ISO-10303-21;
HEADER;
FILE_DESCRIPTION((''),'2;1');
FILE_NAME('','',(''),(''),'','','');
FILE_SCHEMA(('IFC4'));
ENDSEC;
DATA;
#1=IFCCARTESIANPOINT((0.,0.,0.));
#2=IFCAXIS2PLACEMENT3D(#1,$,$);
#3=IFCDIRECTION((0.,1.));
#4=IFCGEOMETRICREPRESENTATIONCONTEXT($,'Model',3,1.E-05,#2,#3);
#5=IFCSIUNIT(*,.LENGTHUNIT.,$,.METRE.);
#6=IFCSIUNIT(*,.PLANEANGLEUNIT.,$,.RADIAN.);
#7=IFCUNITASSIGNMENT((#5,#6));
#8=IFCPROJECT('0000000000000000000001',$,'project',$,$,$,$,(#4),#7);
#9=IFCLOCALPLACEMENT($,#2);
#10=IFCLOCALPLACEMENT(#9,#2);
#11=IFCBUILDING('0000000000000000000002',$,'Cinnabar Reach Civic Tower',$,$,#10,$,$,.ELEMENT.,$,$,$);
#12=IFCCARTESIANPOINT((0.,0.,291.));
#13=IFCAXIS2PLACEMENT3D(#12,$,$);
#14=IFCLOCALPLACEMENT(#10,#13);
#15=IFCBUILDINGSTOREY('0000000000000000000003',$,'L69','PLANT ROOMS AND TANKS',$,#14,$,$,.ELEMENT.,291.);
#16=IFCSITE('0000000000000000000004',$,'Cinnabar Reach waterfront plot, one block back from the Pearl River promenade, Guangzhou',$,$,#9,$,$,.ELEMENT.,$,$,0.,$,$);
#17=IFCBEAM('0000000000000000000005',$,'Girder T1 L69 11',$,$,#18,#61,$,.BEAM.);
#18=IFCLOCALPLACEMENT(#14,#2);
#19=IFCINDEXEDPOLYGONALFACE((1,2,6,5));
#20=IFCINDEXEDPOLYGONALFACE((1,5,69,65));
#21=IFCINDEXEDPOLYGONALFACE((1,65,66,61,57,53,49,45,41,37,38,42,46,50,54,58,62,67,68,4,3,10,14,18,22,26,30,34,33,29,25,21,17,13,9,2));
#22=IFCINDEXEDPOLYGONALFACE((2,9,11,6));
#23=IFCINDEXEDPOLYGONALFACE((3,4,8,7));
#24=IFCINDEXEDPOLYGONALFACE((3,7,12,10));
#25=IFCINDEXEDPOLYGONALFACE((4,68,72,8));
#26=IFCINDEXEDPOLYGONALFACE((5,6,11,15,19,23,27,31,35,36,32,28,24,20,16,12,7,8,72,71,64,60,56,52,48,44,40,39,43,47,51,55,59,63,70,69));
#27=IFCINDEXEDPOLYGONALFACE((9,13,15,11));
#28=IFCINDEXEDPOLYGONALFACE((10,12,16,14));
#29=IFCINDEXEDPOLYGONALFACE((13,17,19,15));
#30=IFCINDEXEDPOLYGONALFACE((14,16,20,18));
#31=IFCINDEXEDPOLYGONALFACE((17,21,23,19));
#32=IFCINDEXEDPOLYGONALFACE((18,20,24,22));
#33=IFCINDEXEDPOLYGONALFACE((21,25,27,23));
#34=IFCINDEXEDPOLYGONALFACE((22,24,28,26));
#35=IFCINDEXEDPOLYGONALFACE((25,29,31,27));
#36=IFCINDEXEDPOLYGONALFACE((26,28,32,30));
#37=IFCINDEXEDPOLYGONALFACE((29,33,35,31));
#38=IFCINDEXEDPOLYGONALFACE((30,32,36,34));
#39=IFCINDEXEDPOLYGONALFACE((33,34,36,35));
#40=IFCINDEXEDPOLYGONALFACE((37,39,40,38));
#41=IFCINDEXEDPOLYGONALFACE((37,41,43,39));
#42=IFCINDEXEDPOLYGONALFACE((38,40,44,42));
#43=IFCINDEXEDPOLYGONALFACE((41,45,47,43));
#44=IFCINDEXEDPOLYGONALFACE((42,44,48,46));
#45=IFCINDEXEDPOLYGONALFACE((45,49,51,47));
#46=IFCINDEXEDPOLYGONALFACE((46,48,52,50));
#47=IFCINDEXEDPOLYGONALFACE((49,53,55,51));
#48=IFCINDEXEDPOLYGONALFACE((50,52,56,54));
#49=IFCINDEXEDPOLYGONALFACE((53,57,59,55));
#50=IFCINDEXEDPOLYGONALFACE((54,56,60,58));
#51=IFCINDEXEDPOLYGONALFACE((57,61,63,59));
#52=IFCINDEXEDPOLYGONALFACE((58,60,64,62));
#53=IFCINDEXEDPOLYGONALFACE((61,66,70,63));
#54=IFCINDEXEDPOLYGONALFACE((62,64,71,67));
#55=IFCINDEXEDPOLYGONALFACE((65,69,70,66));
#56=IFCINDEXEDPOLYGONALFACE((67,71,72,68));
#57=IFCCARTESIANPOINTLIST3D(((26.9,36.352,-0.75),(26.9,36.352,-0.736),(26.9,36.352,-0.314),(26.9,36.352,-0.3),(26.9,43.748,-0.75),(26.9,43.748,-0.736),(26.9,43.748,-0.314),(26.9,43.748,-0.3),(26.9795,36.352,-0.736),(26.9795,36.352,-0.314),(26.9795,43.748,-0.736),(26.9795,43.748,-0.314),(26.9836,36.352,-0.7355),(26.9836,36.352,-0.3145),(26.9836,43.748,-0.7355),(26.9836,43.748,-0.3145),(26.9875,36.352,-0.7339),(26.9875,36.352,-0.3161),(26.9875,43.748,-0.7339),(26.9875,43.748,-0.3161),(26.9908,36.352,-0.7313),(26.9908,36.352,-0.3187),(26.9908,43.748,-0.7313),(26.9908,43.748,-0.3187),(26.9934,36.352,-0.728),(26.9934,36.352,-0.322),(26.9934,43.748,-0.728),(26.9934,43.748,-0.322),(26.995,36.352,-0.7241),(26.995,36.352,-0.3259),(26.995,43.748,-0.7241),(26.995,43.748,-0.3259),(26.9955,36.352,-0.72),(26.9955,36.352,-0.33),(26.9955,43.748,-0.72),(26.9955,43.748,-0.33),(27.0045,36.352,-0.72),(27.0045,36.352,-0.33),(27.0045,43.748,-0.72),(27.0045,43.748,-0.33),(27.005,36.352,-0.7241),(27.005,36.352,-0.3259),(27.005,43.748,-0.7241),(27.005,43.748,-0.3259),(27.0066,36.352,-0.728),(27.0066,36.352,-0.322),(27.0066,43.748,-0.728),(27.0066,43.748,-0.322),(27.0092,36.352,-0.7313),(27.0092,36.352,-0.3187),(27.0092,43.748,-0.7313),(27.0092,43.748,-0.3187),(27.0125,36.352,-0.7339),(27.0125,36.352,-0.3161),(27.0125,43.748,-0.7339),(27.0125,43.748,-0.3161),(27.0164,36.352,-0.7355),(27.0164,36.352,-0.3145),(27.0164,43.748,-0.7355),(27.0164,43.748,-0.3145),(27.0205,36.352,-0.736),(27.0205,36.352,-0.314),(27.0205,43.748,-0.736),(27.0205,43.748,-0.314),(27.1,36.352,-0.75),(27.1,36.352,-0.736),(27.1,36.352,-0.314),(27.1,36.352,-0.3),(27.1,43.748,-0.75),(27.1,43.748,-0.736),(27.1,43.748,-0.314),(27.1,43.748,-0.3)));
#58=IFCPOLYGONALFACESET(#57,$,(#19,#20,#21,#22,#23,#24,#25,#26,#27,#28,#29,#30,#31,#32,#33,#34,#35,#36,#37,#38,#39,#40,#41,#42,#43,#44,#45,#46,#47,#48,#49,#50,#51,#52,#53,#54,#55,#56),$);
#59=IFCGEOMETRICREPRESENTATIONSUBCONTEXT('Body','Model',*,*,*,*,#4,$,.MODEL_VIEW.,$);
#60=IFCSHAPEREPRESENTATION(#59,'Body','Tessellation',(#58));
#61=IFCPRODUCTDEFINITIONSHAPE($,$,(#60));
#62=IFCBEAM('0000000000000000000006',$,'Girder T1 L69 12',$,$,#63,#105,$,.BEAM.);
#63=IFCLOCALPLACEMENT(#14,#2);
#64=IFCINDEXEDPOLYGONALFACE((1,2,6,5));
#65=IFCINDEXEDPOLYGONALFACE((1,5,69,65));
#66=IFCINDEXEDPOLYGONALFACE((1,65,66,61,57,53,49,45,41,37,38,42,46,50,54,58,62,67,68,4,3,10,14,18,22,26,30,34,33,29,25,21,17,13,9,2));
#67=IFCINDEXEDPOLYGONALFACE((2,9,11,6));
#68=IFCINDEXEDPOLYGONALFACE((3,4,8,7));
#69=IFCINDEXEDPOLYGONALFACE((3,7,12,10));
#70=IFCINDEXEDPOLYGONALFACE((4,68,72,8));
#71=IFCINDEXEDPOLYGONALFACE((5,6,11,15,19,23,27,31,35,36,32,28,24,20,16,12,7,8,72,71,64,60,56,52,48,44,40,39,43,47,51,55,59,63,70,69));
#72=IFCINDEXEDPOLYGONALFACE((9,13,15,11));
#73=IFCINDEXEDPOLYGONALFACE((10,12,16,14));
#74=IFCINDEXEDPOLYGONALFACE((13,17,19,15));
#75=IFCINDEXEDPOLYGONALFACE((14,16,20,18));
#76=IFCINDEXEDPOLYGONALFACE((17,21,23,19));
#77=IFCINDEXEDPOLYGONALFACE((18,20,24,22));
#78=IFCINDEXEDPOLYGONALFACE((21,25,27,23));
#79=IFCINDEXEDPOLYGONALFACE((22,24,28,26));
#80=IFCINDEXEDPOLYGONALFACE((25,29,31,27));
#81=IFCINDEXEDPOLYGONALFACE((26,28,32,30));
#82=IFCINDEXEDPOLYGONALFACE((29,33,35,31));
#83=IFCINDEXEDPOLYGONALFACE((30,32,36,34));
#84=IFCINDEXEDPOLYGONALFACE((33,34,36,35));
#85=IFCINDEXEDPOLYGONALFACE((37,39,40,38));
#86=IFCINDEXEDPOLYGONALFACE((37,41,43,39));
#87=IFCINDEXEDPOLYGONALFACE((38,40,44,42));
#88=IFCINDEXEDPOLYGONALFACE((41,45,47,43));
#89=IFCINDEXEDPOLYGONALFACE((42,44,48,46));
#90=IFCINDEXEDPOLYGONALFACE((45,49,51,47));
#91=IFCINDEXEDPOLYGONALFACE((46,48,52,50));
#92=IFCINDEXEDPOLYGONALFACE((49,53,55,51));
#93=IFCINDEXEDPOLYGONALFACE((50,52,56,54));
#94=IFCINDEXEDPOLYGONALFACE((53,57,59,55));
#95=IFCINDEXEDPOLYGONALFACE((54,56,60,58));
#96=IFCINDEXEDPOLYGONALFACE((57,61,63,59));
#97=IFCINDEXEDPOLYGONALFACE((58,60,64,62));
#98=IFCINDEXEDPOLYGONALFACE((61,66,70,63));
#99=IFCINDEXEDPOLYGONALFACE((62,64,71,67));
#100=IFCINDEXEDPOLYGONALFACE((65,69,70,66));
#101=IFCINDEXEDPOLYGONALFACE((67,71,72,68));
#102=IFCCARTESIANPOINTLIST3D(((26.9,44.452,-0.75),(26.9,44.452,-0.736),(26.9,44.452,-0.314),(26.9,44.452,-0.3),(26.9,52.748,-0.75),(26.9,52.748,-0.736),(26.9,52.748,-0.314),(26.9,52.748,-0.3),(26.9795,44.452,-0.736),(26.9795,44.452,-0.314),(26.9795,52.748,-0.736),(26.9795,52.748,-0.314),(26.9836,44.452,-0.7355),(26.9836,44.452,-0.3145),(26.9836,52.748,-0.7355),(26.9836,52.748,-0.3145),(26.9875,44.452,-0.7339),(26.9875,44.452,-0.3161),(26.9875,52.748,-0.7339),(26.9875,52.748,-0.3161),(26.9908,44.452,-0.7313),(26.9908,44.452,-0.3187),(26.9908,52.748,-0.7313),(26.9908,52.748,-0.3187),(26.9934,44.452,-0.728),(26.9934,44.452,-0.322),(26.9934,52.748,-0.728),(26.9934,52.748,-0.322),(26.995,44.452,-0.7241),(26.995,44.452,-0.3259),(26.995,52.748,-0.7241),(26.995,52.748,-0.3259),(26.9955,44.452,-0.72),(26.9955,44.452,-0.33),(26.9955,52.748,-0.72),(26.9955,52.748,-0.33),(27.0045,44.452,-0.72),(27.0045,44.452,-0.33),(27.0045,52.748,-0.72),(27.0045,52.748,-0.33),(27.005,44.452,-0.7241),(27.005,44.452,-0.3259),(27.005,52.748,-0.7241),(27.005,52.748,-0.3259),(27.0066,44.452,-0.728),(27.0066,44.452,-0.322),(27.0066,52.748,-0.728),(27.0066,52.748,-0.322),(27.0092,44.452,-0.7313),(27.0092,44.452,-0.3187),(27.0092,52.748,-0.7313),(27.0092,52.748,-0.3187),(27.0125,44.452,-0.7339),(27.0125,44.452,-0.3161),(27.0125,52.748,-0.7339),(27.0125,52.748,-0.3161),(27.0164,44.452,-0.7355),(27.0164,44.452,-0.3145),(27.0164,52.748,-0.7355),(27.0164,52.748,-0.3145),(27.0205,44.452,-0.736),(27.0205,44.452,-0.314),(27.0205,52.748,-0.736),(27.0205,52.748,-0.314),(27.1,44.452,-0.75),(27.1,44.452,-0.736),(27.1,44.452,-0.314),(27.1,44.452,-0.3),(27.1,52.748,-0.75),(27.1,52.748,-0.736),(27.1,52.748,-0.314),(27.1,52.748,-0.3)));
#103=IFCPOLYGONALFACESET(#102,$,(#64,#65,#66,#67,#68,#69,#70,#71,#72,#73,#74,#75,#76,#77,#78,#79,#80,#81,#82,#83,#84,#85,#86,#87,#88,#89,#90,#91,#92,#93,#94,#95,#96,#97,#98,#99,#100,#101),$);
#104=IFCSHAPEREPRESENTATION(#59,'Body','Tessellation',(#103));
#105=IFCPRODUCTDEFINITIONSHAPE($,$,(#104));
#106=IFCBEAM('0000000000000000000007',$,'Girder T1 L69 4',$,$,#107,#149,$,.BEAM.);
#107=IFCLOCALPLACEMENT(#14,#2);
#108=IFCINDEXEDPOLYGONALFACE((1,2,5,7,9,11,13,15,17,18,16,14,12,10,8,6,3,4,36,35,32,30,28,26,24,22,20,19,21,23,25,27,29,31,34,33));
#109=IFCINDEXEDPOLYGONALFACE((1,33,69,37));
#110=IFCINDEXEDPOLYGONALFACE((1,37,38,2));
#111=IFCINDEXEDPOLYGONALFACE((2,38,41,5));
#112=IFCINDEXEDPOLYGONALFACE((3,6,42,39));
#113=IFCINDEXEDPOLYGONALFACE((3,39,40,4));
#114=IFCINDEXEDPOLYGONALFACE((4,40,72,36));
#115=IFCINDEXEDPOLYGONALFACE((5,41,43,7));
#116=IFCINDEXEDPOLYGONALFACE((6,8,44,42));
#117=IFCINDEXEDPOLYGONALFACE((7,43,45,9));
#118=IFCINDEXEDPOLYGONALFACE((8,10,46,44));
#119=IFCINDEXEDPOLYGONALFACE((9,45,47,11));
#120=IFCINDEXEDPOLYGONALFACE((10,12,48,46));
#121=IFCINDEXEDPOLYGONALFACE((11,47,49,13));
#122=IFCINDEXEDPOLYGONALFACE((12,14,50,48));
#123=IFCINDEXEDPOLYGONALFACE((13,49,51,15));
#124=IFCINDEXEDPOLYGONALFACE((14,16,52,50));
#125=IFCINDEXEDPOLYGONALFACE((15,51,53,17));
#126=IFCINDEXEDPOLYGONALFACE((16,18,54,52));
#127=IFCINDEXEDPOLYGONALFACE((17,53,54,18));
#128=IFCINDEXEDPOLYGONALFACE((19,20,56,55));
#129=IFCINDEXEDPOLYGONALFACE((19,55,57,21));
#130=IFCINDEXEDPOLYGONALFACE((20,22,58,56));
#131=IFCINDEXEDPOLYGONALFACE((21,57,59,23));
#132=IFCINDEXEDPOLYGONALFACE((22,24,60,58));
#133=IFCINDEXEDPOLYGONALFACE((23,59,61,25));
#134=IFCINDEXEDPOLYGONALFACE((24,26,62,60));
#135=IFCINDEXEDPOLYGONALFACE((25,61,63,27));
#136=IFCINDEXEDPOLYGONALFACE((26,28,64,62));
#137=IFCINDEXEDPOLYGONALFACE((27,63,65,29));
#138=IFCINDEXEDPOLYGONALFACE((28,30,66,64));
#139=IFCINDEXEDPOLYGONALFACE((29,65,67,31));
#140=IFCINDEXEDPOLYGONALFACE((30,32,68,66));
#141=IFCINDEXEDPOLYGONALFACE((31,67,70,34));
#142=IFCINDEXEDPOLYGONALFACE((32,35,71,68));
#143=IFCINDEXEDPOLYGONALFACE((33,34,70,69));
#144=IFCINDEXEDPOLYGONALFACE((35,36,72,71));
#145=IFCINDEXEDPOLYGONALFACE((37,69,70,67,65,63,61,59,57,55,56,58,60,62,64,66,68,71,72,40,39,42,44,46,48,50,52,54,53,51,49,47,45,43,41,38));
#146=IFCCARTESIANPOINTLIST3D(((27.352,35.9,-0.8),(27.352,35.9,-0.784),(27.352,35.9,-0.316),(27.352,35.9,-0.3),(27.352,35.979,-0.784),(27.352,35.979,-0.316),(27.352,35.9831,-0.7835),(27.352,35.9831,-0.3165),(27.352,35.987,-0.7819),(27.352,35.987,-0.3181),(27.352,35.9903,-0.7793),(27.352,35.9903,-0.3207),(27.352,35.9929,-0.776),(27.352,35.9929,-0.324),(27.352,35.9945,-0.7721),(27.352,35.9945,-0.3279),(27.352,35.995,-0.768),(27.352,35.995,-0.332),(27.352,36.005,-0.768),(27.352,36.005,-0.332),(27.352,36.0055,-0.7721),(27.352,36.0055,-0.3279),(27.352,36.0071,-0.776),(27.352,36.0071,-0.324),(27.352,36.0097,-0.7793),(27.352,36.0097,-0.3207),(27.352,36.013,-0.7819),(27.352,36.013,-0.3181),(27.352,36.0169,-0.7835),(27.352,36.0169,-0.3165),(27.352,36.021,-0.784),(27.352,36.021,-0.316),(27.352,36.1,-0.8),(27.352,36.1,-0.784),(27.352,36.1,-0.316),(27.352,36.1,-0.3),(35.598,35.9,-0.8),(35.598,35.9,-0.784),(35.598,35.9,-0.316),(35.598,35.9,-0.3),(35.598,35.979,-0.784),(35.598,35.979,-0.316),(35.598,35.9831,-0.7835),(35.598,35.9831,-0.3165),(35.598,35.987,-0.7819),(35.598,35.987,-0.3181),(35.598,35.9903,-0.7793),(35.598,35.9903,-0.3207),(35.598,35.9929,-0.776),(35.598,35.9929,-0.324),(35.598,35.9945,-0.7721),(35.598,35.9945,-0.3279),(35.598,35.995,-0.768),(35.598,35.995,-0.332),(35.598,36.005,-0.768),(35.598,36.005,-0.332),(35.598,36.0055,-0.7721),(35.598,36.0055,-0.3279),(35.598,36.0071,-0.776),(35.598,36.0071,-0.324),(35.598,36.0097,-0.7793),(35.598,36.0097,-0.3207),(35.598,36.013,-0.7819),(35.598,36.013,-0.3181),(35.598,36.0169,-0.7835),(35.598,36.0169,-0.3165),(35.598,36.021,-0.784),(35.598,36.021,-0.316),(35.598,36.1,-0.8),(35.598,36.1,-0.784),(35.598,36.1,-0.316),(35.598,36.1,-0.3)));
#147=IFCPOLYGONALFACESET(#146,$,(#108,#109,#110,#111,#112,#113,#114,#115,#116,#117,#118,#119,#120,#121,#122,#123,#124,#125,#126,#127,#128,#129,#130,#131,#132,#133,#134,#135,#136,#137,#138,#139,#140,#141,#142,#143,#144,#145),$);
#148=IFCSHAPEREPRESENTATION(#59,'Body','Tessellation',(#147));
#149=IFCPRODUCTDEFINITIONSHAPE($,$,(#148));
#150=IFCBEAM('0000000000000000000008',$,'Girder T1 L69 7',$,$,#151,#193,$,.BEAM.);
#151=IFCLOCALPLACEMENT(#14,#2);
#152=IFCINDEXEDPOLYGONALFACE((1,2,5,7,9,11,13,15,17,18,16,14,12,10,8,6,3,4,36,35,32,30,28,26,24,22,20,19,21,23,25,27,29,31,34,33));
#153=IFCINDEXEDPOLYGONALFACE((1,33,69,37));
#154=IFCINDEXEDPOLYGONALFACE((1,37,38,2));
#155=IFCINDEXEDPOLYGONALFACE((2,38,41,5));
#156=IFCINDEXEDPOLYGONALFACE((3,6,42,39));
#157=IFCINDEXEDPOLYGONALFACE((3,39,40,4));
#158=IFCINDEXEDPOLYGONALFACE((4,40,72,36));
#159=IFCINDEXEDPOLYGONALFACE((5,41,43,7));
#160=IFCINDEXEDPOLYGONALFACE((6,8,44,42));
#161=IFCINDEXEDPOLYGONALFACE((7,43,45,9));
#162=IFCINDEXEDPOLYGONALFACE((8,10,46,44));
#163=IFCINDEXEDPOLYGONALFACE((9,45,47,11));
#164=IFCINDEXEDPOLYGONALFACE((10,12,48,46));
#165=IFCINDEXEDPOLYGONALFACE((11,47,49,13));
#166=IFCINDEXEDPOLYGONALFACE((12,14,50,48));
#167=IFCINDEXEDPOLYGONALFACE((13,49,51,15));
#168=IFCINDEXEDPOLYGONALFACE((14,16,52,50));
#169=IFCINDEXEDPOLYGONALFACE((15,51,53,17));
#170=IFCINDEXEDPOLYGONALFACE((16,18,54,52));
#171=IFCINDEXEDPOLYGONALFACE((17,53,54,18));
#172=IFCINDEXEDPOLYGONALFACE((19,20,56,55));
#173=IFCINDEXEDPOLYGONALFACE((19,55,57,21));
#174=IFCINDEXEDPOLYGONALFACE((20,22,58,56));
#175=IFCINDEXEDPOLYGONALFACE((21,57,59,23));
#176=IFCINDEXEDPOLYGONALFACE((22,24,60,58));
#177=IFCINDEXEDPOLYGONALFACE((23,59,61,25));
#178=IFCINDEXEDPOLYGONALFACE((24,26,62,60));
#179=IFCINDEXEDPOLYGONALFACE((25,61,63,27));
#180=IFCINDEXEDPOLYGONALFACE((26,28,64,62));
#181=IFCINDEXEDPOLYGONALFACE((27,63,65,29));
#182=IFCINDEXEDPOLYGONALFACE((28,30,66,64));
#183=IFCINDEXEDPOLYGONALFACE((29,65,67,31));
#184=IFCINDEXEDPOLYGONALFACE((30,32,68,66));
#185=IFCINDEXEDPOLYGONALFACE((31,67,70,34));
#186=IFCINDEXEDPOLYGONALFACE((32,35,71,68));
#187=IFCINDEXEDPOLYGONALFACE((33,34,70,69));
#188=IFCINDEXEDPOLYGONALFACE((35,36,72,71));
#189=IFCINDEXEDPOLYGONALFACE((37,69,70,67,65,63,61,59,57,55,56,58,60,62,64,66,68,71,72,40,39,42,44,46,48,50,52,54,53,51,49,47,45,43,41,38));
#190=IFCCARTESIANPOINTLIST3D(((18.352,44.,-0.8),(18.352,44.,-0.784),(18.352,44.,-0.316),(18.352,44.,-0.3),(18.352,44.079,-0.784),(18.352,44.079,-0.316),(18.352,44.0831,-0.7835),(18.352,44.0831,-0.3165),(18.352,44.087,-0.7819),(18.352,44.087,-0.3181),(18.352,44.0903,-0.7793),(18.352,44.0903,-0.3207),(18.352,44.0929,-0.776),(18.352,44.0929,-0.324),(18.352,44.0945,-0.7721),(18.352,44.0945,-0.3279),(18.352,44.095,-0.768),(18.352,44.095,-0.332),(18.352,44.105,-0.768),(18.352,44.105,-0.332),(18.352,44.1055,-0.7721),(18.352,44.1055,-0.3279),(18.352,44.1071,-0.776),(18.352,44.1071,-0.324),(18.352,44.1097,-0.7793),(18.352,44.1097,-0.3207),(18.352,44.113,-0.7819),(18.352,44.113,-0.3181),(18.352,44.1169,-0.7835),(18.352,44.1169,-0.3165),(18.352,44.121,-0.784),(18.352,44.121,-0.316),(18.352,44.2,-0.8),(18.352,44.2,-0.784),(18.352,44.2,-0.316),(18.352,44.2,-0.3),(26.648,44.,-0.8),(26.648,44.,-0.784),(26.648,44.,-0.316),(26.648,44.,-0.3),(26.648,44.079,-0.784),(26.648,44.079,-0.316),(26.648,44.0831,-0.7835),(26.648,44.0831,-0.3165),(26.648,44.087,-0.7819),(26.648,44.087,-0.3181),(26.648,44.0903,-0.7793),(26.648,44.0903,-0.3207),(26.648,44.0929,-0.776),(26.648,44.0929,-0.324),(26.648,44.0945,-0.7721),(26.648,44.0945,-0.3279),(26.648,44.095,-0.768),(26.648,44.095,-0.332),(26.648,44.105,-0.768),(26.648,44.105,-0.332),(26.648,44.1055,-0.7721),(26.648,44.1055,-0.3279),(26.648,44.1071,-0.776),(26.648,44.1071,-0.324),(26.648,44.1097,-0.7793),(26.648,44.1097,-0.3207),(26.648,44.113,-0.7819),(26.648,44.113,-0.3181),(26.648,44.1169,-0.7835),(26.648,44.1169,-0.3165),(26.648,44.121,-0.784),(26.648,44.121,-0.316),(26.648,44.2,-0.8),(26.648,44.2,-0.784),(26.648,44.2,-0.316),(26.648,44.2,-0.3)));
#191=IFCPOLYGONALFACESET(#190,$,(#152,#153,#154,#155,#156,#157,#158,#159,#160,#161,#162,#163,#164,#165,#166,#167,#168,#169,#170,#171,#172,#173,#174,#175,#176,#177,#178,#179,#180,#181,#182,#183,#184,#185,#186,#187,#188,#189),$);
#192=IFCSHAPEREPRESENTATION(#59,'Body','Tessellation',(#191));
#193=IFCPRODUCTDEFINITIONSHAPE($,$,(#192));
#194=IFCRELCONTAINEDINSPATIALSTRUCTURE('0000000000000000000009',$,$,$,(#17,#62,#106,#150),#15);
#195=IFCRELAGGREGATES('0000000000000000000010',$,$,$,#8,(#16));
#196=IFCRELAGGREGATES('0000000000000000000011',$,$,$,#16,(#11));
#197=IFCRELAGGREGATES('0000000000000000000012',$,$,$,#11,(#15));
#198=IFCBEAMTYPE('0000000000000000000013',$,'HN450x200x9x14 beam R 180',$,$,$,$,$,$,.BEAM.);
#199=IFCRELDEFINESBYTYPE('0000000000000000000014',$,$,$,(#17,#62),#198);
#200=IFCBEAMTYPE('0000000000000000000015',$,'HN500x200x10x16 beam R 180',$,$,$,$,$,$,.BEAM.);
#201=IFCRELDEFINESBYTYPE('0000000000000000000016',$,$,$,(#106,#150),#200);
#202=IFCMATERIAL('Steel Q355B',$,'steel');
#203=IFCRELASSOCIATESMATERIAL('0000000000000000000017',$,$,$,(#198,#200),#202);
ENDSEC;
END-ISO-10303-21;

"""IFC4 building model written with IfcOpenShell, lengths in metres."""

from ifc_helpers import new_model, si_unit, direction, frame, origin, origin_2d, place, context, subcontext, project, spatial, i_section, extrude, material, material_profile, profile_set, type_object, element, save


model = new_model("IFC4")

# Units and contexts
model_context = context("Model", 3, precision=1e-05, world=origin(), true_north=direction((0.0, 1.0)))
body_context = subcontext(model_context, "Body", "Model", "MODEL_VIEW")
ifc_project = project(units=[si_unit("LENGTHUNIT", "METRE"), si_unit("PLANEANGLEUNIT", "RADIAN")], contexts=[model_context])

# Site, building, storey
site_placement = place(None, origin())
site = spatial("IfcSite", under=ifc_project, at=site_placement, Name="Cinnabar Reach waterfront plot, one block back from the Pearl River promenade, Guangzhou", CompositionType="ELEMENT", RefElevation=0.0)
building_placement = place(site_placement, origin())
building = spatial("IfcBuilding", under=site, at=building_placement, Name="Cinnabar Reach Civic Tower", CompositionType="ELEMENT")
storey_placement = place(building_placement, frame((0.0, 0.0, 291.0)))
storey = spatial("IfcBuildingStorey", under=building, at=storey_placement, Name="L69", Description="PLANT ROOMS AND TANKS", CompositionType="ELEMENT", Elevation=291.0)

# Beams
ifc_material_1 = material(Name="Steel Q355B", Category="steel")
ifc_material_profile_1 = material_profile(ifc_material_1, i_section(OverallWidth=0.2, OverallDepth=0.45, WebThickness=0.009, FlangeThickness=0.014, FilletRadius=0.016, at=origin_2d()), Name="HN450x200x9x14")
ifc_profile_set_1 = profile_set([ifc_material_profile_1], Name="Steel Q355B")
beam_type_1 = type_object("IfcBeamType", Name="HN450x200x9x14 beam R 180", PredefinedType="BEAM", material=ifc_profile_set_1)
beam_1_placement = place(storey_placement, frame((27.0, 36.352, -0.525), z_axis=(0.0, 1.0, 0.0), x_axis=(-1.0, 0.0, 0.0)))
element("IfcBeam", 1, at=beam_1_placement, inside=storey, type_object=beam_type_1, Name="Girder T1 L69 11", PredefinedType="BEAM", context=body_context, shape_type="SweptSolid", body=[
    extrude(i_section(OverallWidth=0.2, OverallDepth=0.45, WebThickness=0.009, FlangeThickness=0.014, FilletRadius=0.016, at=origin_2d()), origin(), (0.0, 0.0, 1.0), 7.396),
])
beam_2_placement = place(storey_placement, frame((27.0, 44.452, -0.525), z_axis=(0.0, 1.0, 0.0), x_axis=(-1.0, 0.0, 0.0)))
element("IfcBeam", 2, at=beam_2_placement, inside=storey, type_object=beam_type_1, Name="Girder T1 L69 12", PredefinedType="BEAM", context=body_context, shape_type="SweptSolid", body=[
    extrude(i_section(OverallWidth=0.2, OverallDepth=0.45, WebThickness=0.009, FlangeThickness=0.014, FilletRadius=0.016, at=origin_2d()), origin(), (0.0, 0.0, 1.0), 8.296),
])
ifc_material_profile_2 = material_profile(ifc_material_1, i_section(OverallWidth=0.2, OverallDepth=0.5, WebThickness=0.01, FlangeThickness=0.016, FilletRadius=0.016, at=origin_2d()), Name="HN500x200x10x16")
ifc_profile_set_2 = profile_set([ifc_material_profile_2], Name="Steel Q355B")
beam_type_2 = type_object("IfcBeamType", Name="HN500x200x10x16 beam R 180", PredefinedType="BEAM", material=ifc_profile_set_2)
beam_3_placement = place(storey_placement, frame((27.352, 36.0, -0.55), z_axis=(1.0, 0.0, 0.0), x_axis=(0.0, 1.0, 0.0)))
element("IfcBeam", 3, at=beam_3_placement, inside=storey, type_object=beam_type_2, Name="Girder T1 L69 4", PredefinedType="BEAM", context=body_context, shape_type="SweptSolid", body=[
    extrude(i_section(OverallWidth=0.2, OverallDepth=0.5, WebThickness=0.01, FlangeThickness=0.016, FilletRadius=0.016, at=origin_2d()), origin(), (0.0, 0.0, 1.0), 8.246),
])
beam_4_placement = place(storey_placement, frame((18.352, 44.1, -0.55), z_axis=(1.0, 0.0, 0.0), x_axis=(0.0, 1.0, 0.0)))
element("IfcBeam", 4, at=beam_4_placement, inside=storey, type_object=beam_type_2, Name="Girder T1 L69 7", PredefinedType="BEAM", context=body_context, shape_type="SweptSolid", body=[
    extrude(i_section(OverallWidth=0.2, OverallDepth=0.5, WebThickness=0.01, FlangeThickness=0.016, FilletRadius=0.016, at=origin_2d()), origin(), (0.0, 0.0, 1.0), 8.296),
])

save(model, "model.ifc")
